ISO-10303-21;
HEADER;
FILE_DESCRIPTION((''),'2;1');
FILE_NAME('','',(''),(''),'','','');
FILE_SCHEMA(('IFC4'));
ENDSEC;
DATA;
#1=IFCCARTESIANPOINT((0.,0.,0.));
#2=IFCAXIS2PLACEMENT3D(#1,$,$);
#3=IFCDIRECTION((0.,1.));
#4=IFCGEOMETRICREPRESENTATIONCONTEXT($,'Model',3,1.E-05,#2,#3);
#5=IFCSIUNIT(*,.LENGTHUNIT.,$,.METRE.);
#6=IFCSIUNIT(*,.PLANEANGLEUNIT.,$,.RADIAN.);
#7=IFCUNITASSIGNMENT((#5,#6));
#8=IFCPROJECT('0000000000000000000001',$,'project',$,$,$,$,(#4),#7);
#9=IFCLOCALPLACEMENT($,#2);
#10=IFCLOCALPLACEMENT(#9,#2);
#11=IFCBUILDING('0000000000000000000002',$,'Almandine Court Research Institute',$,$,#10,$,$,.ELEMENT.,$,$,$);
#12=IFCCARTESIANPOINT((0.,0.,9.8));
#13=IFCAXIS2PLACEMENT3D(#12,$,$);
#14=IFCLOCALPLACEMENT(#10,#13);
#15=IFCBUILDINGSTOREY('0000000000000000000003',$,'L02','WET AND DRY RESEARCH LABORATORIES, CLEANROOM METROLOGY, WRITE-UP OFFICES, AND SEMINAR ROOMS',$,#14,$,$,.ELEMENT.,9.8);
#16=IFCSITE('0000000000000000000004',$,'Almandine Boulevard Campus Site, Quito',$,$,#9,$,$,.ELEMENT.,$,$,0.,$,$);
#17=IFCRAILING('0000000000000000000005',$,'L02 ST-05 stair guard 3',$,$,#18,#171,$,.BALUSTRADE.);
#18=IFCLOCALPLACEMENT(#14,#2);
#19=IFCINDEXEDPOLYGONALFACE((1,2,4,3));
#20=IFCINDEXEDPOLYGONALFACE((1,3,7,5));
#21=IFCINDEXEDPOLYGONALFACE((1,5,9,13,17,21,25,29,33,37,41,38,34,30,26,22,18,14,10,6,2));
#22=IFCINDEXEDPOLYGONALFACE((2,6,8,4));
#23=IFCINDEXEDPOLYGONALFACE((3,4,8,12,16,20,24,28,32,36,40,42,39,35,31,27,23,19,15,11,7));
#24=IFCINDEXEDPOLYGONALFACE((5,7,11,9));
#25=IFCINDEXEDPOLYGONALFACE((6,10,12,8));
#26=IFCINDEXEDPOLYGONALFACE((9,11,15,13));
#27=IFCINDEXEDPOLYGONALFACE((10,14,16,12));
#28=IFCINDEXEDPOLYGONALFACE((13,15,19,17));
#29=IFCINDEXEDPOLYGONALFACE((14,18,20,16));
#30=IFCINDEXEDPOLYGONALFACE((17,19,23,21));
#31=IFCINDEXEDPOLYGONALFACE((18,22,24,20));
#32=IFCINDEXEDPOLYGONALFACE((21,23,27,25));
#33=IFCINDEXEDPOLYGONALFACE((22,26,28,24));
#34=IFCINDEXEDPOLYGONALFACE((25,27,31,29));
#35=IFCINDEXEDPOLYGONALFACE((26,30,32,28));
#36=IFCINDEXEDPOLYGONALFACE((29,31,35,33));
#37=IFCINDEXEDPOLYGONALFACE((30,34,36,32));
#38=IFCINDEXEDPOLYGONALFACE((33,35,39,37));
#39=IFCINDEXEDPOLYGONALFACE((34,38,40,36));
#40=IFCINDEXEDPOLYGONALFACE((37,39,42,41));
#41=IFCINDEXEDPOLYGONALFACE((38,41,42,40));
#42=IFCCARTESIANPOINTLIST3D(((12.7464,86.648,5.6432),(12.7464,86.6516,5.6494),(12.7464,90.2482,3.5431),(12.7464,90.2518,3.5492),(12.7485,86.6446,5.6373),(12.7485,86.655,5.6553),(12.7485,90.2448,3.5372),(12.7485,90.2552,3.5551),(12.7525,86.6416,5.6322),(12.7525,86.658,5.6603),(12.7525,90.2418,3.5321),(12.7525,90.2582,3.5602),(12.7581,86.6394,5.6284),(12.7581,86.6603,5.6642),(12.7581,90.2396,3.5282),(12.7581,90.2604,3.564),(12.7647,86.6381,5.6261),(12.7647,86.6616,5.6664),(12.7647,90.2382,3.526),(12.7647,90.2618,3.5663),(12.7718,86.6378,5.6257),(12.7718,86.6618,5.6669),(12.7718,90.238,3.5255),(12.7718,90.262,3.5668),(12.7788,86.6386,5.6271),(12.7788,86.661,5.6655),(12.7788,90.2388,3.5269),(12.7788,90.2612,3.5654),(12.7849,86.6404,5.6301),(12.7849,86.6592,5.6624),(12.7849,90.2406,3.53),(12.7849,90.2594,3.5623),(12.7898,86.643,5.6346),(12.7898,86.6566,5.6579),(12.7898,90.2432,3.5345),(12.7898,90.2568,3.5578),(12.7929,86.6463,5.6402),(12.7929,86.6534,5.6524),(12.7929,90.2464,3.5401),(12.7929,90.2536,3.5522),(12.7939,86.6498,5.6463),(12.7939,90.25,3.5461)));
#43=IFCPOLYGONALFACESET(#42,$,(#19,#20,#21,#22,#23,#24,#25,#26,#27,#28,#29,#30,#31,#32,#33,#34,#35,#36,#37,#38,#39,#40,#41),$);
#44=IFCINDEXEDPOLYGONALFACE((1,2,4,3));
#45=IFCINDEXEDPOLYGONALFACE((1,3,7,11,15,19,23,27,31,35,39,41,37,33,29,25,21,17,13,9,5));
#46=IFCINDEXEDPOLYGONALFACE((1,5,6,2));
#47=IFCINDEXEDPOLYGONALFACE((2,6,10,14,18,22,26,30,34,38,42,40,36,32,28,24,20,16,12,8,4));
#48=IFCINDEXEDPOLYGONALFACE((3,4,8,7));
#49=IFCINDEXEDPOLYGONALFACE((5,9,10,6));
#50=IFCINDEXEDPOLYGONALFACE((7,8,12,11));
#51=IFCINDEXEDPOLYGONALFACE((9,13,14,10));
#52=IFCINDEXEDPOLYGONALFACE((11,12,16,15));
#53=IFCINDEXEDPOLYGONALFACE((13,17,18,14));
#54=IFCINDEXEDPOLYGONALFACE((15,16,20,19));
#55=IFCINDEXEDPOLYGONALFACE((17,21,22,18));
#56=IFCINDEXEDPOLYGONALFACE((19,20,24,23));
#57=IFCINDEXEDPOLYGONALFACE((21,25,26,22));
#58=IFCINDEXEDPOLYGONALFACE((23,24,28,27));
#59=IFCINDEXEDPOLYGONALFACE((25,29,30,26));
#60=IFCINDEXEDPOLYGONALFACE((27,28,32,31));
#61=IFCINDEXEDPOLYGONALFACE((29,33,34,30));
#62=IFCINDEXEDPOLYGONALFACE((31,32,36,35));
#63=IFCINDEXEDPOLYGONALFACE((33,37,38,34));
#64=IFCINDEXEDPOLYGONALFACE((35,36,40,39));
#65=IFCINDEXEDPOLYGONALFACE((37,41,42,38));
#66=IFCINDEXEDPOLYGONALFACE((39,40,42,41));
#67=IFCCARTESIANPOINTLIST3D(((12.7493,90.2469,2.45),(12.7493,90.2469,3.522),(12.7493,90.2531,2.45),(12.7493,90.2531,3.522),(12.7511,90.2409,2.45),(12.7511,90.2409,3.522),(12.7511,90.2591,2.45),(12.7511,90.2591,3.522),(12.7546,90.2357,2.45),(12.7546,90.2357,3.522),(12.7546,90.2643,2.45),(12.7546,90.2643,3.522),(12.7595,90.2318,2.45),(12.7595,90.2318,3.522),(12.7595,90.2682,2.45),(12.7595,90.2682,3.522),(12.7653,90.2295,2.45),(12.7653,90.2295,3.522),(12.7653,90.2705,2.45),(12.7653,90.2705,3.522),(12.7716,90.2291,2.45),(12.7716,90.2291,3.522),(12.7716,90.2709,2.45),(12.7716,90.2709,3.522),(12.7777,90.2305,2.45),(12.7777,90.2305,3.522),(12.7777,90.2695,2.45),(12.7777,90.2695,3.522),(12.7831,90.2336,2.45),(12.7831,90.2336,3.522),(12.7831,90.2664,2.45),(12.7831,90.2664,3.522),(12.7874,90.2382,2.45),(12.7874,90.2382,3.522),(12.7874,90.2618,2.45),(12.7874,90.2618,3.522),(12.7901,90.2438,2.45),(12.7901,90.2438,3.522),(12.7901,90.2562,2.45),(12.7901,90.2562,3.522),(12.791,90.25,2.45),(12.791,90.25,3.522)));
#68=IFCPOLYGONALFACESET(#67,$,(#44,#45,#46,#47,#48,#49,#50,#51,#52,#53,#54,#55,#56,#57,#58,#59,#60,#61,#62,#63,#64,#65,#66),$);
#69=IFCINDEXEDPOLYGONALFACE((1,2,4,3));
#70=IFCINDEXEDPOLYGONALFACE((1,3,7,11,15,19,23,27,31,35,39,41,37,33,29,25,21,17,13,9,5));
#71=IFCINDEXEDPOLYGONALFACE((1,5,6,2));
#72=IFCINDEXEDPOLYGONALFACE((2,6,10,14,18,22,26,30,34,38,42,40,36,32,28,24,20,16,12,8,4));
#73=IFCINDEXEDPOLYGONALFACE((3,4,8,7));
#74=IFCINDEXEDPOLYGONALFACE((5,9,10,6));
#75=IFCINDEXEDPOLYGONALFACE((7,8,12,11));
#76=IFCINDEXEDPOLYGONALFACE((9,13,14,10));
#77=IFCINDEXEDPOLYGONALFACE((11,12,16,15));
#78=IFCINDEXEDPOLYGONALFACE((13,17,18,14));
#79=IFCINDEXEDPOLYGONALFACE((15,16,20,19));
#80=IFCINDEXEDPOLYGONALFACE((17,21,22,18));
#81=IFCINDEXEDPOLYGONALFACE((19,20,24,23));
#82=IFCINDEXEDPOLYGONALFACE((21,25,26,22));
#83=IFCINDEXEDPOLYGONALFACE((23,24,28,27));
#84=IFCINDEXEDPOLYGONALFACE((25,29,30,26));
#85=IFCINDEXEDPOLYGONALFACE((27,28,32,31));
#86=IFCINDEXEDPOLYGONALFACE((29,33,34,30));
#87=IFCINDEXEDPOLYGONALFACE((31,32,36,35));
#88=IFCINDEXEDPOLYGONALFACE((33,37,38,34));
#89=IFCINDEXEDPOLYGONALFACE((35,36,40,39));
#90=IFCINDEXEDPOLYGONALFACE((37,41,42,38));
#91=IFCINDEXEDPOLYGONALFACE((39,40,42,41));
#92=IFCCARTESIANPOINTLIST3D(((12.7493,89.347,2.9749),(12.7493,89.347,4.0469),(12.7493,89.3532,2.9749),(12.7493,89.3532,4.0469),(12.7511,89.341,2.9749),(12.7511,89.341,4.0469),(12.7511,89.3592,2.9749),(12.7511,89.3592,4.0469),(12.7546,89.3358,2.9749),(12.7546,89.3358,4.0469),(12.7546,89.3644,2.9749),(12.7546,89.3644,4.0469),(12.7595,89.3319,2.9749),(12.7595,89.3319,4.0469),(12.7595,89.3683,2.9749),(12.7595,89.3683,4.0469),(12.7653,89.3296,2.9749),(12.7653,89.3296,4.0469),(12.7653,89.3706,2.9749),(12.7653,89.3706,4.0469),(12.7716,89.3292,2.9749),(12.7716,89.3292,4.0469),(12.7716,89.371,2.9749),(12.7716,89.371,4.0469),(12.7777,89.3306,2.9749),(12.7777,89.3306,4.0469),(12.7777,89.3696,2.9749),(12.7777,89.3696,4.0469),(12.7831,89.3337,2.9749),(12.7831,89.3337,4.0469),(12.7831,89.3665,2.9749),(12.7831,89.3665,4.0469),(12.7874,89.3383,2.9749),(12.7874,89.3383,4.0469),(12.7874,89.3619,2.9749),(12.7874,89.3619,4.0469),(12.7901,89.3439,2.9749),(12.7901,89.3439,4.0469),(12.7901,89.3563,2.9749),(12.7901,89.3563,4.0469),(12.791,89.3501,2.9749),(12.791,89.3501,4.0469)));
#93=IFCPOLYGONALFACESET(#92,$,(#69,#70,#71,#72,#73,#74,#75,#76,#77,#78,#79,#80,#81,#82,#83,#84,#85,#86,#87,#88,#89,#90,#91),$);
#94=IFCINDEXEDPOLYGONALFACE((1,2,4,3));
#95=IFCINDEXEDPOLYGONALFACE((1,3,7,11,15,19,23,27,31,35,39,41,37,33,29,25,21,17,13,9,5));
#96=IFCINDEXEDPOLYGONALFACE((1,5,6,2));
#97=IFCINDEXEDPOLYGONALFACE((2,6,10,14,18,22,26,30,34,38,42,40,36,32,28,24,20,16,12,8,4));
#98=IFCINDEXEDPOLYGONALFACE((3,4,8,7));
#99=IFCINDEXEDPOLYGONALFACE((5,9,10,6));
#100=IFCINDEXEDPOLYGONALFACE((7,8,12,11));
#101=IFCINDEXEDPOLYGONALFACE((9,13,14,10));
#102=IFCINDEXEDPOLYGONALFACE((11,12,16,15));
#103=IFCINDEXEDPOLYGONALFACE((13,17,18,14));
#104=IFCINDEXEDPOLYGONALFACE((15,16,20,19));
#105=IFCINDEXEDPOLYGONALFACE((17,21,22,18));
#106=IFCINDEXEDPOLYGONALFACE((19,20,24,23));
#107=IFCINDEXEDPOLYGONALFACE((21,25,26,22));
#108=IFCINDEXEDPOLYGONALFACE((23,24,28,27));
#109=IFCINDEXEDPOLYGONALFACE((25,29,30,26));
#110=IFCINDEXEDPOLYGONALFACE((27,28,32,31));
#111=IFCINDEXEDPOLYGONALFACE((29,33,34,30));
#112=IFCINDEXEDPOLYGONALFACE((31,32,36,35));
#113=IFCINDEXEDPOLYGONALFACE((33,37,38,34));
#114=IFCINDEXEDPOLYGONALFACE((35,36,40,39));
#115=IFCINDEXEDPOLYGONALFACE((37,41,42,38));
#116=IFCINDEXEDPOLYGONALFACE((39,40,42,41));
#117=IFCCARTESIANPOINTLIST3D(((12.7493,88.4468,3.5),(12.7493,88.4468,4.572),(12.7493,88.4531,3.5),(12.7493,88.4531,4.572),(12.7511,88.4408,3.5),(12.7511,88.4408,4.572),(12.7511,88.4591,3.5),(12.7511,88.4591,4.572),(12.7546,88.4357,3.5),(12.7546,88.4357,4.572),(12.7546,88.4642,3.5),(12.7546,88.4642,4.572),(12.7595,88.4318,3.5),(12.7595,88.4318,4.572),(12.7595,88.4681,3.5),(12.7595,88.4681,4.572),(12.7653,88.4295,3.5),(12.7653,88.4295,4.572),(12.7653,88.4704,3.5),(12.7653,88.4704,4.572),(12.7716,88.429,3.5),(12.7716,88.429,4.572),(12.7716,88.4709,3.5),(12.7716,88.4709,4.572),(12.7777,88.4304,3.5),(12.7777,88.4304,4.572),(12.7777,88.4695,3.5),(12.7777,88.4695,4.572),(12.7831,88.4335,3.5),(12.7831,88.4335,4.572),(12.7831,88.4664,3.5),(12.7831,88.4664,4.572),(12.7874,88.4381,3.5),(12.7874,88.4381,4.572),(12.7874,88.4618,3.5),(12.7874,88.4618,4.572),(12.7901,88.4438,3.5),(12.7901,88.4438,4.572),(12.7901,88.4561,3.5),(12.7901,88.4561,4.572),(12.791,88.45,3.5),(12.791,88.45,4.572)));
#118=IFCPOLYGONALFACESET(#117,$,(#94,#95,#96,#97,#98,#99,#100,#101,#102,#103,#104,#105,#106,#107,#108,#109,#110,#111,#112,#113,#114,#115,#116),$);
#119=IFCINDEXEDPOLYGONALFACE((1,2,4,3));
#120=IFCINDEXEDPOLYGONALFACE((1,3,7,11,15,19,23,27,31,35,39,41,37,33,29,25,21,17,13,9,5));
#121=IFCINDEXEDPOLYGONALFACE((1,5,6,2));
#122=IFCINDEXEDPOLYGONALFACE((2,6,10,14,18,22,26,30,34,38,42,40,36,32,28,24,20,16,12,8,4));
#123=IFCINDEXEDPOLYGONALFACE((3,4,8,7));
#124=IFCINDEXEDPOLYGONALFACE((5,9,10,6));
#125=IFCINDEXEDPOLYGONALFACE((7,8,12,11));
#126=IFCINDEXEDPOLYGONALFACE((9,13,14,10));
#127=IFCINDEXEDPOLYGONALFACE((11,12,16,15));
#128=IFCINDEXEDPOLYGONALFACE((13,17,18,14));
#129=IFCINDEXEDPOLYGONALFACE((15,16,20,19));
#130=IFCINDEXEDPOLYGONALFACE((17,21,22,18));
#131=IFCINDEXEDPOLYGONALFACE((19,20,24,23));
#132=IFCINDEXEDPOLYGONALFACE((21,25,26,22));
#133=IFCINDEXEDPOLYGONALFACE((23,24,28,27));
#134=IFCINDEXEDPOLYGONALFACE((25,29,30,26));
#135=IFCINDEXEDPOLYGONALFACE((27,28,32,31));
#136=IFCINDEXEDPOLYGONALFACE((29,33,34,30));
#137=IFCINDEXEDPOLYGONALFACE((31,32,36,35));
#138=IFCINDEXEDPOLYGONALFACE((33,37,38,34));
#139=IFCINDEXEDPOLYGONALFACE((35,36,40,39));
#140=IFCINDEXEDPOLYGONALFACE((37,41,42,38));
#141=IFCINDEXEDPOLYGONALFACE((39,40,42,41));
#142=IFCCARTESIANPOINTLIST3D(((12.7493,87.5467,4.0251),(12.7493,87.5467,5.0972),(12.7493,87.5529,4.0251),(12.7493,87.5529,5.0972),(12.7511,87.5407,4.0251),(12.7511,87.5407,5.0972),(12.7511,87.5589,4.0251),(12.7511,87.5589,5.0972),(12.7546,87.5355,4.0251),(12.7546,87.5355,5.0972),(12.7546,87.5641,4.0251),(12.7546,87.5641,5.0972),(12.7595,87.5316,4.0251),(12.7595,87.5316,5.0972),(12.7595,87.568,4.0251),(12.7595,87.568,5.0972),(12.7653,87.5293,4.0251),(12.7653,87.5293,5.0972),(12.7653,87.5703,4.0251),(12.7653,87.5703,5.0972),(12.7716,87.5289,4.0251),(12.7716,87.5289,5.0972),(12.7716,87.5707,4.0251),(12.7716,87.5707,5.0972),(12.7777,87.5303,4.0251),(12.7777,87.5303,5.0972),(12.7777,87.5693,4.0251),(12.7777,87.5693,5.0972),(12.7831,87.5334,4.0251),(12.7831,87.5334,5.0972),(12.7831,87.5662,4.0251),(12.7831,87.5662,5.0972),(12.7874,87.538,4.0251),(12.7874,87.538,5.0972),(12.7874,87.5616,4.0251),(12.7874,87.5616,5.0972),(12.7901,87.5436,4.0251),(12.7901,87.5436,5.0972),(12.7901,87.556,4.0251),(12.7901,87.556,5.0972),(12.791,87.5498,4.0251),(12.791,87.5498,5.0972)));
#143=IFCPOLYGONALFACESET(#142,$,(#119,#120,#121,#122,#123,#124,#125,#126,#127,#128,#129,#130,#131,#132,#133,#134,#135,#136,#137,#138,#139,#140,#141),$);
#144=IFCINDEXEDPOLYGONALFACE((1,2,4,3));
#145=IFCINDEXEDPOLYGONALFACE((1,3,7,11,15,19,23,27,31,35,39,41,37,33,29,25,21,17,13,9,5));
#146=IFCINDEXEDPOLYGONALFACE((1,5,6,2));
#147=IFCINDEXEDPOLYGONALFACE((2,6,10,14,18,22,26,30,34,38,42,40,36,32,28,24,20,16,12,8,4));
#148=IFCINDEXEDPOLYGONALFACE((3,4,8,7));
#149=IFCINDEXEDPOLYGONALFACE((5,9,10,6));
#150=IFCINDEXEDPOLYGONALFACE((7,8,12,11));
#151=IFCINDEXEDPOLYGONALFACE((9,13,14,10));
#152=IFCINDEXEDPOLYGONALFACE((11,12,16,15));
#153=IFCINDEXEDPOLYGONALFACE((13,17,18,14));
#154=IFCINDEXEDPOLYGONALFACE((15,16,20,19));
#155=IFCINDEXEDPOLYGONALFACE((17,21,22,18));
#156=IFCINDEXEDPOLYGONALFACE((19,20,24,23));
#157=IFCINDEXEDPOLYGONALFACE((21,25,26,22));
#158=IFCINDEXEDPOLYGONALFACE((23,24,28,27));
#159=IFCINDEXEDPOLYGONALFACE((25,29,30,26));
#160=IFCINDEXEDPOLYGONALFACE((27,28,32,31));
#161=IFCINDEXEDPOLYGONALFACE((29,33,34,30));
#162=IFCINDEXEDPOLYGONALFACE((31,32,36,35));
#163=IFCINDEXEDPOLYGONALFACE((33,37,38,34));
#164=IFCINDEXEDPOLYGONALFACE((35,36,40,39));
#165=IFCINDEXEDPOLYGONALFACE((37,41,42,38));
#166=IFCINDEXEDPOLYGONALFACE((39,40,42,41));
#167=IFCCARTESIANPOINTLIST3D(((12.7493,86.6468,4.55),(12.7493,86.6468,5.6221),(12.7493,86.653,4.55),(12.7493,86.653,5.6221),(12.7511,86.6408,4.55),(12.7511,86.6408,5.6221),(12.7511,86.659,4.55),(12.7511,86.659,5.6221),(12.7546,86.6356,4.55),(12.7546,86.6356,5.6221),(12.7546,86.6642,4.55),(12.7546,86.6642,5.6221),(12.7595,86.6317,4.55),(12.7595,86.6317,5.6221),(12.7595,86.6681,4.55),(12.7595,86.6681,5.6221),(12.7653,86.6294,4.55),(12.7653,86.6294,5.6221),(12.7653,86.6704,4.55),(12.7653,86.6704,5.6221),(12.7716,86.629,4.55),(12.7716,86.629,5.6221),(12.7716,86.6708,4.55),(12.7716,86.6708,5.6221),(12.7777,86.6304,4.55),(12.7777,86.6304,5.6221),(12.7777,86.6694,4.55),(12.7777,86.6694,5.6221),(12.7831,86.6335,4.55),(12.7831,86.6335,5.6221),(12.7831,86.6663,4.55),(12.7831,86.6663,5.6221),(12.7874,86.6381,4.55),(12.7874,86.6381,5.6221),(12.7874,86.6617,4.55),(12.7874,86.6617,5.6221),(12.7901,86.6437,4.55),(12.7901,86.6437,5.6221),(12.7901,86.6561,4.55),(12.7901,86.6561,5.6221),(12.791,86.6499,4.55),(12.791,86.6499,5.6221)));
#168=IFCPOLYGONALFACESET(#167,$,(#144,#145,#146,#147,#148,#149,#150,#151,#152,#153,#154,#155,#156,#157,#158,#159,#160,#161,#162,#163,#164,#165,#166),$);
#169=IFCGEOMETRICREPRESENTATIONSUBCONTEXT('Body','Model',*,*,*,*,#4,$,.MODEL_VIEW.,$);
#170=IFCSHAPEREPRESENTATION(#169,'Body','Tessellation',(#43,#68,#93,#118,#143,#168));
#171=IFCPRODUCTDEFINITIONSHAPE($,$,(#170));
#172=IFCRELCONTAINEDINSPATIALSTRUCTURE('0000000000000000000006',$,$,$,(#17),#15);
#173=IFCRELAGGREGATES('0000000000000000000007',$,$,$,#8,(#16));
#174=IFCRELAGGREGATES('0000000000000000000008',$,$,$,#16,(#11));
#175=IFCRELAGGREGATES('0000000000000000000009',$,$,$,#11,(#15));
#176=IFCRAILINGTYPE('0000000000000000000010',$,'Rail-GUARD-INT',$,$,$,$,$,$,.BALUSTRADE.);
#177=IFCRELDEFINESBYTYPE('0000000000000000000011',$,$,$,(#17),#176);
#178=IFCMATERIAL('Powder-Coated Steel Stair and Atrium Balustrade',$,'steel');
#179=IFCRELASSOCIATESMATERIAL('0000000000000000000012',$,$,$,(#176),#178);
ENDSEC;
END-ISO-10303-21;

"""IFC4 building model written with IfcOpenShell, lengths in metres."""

from ifc_helpers import new_model, si_unit, direction, frame, origin, origin_2d, place, context, subcontext, project, spatial, circle, extrude, material, type_object, element, save


model = new_model("IFC4")

# Units and contexts
model_context = context("Model", 3, precision=1e-05, world=origin(), true_north=direction((0.0, 1.0)))
body_context = subcontext(model_context, "Body", "Model", "MODEL_VIEW")
ifc_project = project(units=[si_unit("LENGTHUNIT", "METRE"), si_unit("PLANEANGLEUNIT", "RADIAN")], contexts=[model_context])

# Site, building, storey
site_placement = place(None, origin())
site = spatial("IfcSite", under=ifc_project, at=site_placement, Name="Almandine Boulevard Campus Site, Quito", CompositionType="ELEMENT", RefElevation=0.0)
building_placement = place(site_placement, origin())
building = spatial("IfcBuilding", under=site, at=building_placement, Name="Almandine Court Research Institute", CompositionType="ELEMENT")
storey_placement = place(building_placement, frame((0.0, 0.0, 9.8)))
storey = spatial("IfcBuildingStorey", under=building, at=storey_placement, Name="L02", Description="WET AND DRY RESEARCH LABORATORIES, CLEANROOM METROLOGY, WRITE-UP OFFICES, AND SEMINAR ROOMS", CompositionType="ELEMENT", Elevation=9.8)

# Railing
ifc_material_1 = material(Name="Powder-Coated Steel Stair and Atrium Balustrade", Category="steel")
railing_type_1 = type_object("IfcRailingType", Name="Rail-GUARD-INT", PredefinedType="BALUSTRADE", material=ifc_material_1)
railing_1_placement = place(storey_placement, frame((12.77, 90.25, 2.45)))
element("IfcRailing", 1, at=railing_1_placement, inside=storey, type_object=railing_type_1, Name="L02 ST-05 stair guard 3", PredefinedType="BALUSTRADE", context=body_context, shape_type="SweptSolid", body=[
    extrude(circle(Radius=0.0239, at=origin_2d()), frame((0.0, 0.0, 1.0962), z_axis=(0.0, -0.863775, 0.503878), x_axis=(1.0, 0.0, 0.0)), (0.0, 0.0, 1.0), 4.168),
    extrude(circle(Radius=0.021, at=origin_2d()), origin(), (0.0, 0.0, 1.0), 1.072),
    extrude(circle(Radius=0.021, at=origin_2d()), frame((0.0, -0.8999, 0.5249)), (0.0, 0.0, 1.0), 1.072),
    extrude(circle(Radius=0.021, at=origin_2d()), frame((0.0, -1.8, 1.05)), (0.0, 0.0, 1.0), 1.072),
    extrude(circle(Radius=0.021, at=origin_2d()), frame((0.0, -2.7002, 1.5752)), (0.0, 0.0, 1.0), 1.072),
    extrude(circle(Radius=0.021, at=origin_2d()), frame((0.0, -3.6001, 2.1001)), (0.0, 0.0, 1.0), 1.072),
])

save(model, "model.ifc")
